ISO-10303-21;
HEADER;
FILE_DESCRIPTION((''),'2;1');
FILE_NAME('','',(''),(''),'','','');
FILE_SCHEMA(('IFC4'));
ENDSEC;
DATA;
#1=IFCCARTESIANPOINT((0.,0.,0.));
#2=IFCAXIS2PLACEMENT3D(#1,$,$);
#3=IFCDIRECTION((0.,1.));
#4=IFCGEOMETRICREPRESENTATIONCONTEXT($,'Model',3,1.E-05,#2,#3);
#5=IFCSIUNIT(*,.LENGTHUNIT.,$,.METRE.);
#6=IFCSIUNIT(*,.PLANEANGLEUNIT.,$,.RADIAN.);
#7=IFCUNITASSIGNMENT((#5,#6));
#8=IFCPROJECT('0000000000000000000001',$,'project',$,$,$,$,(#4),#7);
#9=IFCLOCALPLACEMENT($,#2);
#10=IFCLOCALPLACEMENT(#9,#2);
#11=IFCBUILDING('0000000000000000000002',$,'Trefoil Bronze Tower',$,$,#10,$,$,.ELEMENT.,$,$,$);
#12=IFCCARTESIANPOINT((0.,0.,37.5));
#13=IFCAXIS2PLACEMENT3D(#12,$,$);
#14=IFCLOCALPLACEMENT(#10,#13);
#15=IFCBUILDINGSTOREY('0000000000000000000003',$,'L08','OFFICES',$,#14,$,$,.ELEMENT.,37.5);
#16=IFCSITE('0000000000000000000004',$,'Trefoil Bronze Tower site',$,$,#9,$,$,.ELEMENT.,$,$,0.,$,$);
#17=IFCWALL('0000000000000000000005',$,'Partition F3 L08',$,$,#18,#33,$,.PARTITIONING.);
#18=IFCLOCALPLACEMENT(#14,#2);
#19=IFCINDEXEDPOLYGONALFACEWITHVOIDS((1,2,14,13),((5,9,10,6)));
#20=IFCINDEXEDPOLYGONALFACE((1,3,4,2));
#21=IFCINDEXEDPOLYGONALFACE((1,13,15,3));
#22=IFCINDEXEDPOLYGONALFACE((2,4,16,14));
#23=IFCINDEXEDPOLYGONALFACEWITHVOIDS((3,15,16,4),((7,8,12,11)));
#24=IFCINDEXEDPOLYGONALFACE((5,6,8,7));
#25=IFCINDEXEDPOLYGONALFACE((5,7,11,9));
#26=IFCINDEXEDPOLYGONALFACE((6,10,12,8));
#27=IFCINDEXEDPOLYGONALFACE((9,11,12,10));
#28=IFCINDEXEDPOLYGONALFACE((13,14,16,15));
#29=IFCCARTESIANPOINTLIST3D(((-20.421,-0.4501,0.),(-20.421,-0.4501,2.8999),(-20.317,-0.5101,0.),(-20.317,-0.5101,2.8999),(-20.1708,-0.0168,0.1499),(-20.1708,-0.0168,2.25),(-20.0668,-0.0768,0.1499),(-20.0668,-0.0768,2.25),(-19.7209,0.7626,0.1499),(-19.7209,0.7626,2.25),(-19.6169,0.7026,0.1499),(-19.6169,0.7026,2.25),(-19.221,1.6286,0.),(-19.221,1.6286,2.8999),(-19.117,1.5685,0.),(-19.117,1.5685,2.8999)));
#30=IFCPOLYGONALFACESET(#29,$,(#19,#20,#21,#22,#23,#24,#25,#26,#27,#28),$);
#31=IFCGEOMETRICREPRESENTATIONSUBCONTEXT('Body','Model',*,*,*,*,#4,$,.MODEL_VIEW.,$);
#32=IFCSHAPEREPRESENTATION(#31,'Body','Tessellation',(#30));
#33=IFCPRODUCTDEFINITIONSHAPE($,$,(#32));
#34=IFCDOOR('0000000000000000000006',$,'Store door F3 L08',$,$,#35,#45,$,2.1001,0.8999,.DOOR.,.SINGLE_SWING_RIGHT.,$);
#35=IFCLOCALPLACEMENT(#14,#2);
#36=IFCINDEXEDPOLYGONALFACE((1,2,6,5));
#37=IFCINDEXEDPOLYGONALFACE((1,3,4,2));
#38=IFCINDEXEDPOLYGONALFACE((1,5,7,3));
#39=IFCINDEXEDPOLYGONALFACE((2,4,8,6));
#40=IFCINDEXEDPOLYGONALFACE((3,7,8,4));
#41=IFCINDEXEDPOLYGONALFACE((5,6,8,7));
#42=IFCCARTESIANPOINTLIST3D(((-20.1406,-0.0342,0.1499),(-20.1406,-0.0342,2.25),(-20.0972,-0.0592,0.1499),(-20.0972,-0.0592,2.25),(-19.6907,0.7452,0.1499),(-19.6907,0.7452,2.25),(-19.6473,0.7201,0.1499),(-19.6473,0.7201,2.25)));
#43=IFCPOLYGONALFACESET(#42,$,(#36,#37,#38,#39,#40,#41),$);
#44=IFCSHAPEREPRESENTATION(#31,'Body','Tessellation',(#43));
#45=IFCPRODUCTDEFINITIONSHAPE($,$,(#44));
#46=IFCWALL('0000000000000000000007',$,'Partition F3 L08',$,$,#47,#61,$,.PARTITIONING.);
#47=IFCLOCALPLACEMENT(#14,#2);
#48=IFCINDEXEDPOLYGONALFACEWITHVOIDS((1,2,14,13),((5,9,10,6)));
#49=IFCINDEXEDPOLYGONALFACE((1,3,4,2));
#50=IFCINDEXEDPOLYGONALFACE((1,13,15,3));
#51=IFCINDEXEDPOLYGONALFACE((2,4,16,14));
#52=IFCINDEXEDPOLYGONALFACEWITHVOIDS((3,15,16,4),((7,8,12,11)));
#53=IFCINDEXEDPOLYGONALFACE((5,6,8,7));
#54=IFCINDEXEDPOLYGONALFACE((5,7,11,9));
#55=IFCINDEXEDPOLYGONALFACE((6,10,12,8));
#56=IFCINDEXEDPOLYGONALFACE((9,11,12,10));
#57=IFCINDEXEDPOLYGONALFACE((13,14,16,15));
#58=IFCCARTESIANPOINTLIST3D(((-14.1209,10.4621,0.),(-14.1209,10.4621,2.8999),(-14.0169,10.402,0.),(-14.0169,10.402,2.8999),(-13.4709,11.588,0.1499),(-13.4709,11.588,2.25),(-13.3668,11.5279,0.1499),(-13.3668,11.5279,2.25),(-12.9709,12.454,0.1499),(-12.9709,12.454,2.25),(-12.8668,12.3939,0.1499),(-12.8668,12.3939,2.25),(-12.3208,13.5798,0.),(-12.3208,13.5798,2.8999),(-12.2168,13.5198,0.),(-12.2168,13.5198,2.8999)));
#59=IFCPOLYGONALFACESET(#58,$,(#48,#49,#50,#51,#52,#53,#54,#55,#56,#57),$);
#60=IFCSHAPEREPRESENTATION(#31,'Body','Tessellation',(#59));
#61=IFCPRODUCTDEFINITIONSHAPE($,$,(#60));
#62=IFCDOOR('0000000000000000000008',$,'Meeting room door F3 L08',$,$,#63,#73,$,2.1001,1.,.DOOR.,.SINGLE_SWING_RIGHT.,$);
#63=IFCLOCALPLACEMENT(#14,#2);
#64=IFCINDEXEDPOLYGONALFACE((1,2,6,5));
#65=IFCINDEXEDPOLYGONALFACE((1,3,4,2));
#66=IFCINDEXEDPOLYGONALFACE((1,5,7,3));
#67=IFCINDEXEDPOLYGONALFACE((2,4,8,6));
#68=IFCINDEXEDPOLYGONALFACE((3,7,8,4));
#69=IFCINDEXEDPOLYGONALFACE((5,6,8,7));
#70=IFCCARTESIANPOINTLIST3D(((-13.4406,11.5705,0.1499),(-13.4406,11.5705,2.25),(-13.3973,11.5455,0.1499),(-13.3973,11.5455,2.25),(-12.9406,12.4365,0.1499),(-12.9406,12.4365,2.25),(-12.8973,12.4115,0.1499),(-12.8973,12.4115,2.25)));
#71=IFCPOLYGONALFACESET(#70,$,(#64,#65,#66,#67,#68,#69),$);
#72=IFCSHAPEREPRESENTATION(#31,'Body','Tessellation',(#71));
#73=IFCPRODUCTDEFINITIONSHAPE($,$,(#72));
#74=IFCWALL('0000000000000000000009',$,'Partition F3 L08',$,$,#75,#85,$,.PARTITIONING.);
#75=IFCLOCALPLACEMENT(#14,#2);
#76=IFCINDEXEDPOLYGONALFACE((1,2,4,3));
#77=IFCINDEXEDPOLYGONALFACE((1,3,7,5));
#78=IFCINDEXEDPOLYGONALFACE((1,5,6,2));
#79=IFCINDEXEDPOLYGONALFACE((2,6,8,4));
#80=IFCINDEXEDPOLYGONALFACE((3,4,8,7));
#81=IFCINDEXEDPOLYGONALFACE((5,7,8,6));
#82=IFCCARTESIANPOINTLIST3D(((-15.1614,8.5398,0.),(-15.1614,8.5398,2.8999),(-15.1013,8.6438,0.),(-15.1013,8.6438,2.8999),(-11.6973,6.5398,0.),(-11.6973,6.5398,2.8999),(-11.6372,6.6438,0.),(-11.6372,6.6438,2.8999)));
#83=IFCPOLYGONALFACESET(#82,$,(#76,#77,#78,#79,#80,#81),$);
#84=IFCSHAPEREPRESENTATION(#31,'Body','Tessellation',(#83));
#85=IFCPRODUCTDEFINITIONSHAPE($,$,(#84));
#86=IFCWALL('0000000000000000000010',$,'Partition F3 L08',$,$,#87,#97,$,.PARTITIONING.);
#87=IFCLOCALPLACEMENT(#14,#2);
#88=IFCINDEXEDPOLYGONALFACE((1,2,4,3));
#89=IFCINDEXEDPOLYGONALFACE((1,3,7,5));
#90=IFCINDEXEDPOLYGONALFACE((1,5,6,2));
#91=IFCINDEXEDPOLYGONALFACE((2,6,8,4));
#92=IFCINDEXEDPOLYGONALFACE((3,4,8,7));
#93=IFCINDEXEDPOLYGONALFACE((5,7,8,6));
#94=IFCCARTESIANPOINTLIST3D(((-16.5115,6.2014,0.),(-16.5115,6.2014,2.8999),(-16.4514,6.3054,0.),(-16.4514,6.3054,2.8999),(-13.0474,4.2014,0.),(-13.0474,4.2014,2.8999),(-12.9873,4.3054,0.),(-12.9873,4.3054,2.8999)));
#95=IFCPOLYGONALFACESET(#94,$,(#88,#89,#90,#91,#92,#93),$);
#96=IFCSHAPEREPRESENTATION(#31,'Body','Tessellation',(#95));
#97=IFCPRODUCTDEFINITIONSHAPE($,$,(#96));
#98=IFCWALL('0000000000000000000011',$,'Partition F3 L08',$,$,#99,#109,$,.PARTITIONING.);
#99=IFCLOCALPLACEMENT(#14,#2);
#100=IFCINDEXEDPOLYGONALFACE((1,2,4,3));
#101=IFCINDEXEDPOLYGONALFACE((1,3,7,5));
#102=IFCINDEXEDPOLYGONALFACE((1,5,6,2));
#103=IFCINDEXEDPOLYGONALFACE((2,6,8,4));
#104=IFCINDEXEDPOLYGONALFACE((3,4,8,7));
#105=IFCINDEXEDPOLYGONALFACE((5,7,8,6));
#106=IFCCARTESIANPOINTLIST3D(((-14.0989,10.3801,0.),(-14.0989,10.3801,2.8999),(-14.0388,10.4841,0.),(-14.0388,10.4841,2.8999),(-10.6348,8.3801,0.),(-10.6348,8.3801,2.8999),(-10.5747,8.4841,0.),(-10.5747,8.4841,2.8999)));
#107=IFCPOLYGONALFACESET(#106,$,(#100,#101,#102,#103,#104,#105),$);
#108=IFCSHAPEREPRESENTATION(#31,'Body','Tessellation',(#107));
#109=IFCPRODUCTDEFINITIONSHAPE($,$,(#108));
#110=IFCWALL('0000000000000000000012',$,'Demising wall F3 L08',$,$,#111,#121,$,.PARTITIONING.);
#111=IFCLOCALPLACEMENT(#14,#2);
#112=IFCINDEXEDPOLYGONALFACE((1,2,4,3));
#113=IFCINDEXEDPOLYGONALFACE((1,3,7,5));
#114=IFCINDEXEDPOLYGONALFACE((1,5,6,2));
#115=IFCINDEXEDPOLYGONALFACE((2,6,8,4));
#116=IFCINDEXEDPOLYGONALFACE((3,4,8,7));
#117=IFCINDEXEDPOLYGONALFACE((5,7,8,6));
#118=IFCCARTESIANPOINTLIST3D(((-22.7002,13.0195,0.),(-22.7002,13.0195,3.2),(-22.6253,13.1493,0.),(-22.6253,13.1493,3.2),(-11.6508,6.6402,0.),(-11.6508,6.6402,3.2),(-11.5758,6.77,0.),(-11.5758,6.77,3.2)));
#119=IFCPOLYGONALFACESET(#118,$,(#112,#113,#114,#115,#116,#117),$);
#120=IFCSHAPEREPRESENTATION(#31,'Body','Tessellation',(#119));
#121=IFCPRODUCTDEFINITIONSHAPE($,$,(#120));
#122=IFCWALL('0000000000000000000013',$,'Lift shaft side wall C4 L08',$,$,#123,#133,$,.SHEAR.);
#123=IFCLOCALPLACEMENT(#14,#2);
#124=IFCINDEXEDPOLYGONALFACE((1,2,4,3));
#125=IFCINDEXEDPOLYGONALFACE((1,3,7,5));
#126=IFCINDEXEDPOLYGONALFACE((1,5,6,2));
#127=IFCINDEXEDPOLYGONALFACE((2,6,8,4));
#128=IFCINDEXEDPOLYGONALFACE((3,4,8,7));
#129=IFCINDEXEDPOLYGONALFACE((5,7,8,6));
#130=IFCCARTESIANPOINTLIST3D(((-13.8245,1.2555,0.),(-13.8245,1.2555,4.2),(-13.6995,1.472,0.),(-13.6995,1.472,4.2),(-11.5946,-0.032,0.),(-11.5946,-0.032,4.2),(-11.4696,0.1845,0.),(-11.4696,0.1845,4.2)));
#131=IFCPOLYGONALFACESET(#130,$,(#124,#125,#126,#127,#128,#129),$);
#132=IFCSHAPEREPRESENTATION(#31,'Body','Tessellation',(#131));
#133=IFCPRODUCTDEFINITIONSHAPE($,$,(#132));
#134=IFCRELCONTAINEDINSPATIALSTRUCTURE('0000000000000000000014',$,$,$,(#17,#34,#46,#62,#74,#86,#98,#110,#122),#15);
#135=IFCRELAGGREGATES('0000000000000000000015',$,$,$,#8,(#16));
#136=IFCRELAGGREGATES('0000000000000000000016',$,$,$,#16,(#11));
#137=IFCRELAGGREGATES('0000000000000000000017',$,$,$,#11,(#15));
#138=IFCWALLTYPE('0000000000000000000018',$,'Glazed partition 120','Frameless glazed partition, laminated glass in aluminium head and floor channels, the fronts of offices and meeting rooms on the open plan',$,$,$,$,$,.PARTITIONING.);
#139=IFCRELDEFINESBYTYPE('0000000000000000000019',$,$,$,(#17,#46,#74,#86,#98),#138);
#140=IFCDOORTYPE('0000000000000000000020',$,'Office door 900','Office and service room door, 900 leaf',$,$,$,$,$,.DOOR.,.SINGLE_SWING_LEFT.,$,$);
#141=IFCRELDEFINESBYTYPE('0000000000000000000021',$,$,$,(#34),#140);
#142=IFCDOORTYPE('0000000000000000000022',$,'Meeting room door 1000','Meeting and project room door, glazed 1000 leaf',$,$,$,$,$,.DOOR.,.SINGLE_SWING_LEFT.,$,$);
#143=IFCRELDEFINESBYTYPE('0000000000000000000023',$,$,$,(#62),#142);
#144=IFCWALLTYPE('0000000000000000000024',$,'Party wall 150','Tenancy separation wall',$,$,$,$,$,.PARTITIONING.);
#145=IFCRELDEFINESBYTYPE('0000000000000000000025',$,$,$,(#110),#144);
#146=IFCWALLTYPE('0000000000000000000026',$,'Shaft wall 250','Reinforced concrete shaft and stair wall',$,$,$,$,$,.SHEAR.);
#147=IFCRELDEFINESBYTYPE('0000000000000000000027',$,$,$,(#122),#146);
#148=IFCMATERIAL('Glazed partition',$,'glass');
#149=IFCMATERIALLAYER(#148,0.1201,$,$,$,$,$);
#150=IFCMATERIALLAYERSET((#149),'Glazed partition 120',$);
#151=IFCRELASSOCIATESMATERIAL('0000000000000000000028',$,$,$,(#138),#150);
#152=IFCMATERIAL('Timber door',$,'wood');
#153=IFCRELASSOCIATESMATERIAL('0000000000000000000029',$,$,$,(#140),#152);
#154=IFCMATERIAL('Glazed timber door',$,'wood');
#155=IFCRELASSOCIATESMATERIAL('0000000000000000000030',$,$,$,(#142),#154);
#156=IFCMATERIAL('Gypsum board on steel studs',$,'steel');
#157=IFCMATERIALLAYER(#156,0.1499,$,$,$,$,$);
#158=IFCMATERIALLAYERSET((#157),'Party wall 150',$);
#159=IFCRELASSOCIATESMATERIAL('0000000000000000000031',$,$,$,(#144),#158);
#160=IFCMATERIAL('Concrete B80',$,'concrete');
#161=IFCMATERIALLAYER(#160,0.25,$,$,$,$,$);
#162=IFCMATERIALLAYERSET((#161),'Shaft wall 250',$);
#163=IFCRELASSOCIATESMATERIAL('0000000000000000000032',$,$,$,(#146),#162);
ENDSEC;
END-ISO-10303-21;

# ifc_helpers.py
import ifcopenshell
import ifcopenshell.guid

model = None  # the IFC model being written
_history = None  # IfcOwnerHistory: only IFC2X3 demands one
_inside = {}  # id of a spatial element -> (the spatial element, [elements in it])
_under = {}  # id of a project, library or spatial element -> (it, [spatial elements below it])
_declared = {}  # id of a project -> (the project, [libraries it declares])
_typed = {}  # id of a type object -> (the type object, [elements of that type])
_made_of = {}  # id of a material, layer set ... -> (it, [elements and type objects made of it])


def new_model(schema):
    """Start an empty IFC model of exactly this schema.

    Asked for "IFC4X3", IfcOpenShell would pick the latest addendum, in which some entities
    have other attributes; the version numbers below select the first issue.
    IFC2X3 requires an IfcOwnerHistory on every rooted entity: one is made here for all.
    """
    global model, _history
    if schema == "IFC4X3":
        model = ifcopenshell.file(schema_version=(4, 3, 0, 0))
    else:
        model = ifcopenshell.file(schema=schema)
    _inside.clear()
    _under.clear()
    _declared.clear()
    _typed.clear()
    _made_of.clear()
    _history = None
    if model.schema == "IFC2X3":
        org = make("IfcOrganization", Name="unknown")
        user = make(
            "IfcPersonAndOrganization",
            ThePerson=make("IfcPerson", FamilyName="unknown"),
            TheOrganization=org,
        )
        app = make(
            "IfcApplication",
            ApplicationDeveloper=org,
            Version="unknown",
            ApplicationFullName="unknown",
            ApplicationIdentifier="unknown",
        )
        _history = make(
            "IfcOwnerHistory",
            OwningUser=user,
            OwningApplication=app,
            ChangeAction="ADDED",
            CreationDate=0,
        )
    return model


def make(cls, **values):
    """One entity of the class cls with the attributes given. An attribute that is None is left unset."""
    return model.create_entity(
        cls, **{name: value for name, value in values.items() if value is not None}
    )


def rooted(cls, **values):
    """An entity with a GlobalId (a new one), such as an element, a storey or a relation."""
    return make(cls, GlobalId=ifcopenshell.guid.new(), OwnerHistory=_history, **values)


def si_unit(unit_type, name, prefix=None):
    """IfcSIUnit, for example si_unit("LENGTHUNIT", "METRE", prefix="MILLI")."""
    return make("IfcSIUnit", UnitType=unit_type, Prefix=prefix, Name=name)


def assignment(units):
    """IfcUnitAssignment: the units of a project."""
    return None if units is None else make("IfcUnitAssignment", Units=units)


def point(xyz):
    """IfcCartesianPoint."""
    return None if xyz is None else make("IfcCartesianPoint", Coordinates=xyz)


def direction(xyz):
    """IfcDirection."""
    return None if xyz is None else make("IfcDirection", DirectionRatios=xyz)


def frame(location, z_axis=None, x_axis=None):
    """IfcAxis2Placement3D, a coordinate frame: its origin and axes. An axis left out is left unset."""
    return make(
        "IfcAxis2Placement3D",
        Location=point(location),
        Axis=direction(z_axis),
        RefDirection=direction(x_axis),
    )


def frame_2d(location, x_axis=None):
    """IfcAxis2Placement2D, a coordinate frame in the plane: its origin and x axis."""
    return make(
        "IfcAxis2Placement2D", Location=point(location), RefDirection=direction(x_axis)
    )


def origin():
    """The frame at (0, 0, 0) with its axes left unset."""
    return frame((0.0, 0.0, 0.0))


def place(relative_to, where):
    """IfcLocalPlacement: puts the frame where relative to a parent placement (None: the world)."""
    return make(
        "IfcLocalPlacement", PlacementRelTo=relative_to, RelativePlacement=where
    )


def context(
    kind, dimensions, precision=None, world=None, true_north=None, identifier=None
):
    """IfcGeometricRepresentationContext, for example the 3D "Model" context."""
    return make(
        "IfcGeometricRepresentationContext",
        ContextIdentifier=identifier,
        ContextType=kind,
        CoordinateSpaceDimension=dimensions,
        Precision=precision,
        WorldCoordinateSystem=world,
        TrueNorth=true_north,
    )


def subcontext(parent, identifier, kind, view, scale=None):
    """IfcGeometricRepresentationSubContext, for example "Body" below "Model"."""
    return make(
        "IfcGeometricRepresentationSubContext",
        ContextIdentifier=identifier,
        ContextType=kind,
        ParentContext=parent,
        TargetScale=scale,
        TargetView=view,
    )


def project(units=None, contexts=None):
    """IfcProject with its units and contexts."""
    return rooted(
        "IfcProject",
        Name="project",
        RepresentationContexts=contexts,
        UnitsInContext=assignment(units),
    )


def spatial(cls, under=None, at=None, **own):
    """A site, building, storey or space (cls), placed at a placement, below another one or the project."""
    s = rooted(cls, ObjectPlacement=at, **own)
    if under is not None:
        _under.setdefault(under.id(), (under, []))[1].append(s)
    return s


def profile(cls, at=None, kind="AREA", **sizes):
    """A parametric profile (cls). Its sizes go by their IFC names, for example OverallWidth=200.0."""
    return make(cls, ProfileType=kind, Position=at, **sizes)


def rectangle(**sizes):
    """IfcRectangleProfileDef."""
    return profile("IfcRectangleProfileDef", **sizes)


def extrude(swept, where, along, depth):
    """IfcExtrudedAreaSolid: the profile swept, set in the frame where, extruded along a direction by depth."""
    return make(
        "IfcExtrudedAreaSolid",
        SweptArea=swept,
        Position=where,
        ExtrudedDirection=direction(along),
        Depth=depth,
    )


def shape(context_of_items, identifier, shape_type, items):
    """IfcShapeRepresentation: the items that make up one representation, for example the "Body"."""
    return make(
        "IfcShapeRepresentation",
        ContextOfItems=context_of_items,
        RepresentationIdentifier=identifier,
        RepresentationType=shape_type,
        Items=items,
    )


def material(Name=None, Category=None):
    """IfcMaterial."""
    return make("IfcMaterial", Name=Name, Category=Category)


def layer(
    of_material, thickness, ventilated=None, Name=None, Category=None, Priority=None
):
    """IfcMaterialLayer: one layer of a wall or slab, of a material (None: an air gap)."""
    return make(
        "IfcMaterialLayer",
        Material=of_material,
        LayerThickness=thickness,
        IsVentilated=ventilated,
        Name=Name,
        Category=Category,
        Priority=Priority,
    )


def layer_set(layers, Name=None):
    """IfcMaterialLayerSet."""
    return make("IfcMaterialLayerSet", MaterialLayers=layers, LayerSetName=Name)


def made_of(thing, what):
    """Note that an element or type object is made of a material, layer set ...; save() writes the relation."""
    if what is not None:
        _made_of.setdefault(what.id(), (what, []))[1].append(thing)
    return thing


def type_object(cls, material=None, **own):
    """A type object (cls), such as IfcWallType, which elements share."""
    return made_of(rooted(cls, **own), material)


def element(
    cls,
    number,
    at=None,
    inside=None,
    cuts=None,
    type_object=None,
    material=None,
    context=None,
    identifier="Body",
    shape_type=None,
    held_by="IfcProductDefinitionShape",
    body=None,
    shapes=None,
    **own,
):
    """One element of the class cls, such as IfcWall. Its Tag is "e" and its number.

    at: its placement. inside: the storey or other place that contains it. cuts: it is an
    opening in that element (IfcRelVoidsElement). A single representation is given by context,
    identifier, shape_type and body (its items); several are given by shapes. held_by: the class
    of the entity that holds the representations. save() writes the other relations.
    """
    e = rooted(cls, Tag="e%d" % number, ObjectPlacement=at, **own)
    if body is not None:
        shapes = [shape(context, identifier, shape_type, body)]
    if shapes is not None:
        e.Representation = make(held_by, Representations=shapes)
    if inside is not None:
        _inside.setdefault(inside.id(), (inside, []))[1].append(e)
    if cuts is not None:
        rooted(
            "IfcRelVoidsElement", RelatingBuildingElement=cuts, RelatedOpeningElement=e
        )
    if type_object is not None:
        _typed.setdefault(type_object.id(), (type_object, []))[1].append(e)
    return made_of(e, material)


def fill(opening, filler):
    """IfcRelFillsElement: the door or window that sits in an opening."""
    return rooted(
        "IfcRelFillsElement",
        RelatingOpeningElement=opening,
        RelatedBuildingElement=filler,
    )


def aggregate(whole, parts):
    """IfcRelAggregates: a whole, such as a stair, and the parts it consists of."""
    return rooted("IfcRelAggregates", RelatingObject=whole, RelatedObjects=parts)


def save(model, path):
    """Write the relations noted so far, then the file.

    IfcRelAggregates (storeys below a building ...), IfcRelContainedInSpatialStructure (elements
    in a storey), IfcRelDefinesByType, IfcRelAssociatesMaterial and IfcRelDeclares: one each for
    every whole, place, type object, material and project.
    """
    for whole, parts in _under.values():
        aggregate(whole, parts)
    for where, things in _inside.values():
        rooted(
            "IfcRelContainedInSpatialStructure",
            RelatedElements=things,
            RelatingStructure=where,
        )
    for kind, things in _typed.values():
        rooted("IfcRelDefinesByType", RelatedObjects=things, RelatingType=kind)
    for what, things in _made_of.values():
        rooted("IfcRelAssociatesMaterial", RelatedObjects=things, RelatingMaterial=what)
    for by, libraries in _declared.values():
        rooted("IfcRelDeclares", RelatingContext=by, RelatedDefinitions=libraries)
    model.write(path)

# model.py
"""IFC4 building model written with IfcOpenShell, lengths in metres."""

from ifc_helpers import new_model, si_unit, direction, frame, frame_2d, origin, place, context, subcontext, project, spatial, rectangle, extrude, material, layer, layer_set, type_object, element, fill, save


model = new_model("IFC4")

# Units and contexts
model_context = context("Model", 3, precision=1e-05, world=origin(), true_north=direction((0.0, 1.0)))
body_context = subcontext(model_context, "Body", "Model", "MODEL_VIEW")
ifc_project = project(units=[si_unit("LENGTHUNIT", "METRE"), si_unit("PLANEANGLEUNIT", "RADIAN")], contexts=[model_context])

# Site, building, storey
site_placement = place(None, origin())
site = spatial("IfcSite", under=ifc_project, at=site_placement, Name="Trefoil Bronze Tower site", CompositionType="ELEMENT", RefElevation=0.0)
building_placement = place(site_placement, origin())
building = spatial("IfcBuilding", under=site, at=building_placement, Name="Trefoil Bronze Tower", CompositionType="ELEMENT")
storey_placement = place(building_placement, frame((0.0, 0.0, 37.5)))
storey = spatial("IfcBuildingStorey", under=building, at=storey_placement, Name="L08", Description="OFFICES", CompositionType="ELEMENT", Elevation=37.5)

# Walls, openings, doors
ifc_material_1 = material(Name="Glazed partition", Category="glass")
ifc_layer_1 = layer(ifc_material_1, 0.1201)
ifc_layer_set_1 = layer_set([ifc_layer_1], Name="Glazed partition 120")
wall_type_1 = type_object("IfcWallType", Name="Glazed partition 120", Description="Frameless glazed partition, laminated glass in aluminium head and floor channels, the fronts of offices and meeting rooms on the open plan", PredefinedType="PARTITIONING", material=ifc_layer_set_1)
ifc_material_2 = material(Name="Timber door", Category="wood")
door_type_1 = type_object("IfcDoorType", Name="Office door 900", Description="Office and service room door, 900 leaf", OperationType="SINGLE_SWING_LEFT", PredefinedType="DOOR", material=ifc_material_2)
wall_1_placement = place(storey_placement, frame((-19.1689, 1.5986, 0.0), z_axis=(0.0, 0.0, 1.0), x_axis=(-0.499957, -0.86605, 0.0)))
wall_1 = element("IfcWall", 1, at=wall_1_placement, inside=storey, type_object=wall_type_1, Name="Partition F3 L08", PredefinedType="PARTITIONING", context=body_context, shape_type="SweptSolid", body=[
    extrude(rectangle(XDim=2.4001, YDim=0.1201, at=frame_2d((1.2002, 0.0))), origin(), (0.0, 0.0, 1.0), 2.8999),
])
opening_1_placement = place(wall_1_placement, frame((1.0, 0.0, 0.1499)))
opening_1 = element("IfcOpeningElement", 2, at=opening_1_placement, cuts=wall_1, PredefinedType="OPENING", context=body_context, shape_type="SweptSolid", body=[
    extrude(rectangle(XDim=0.8999, YDim=2.1001, at=frame_2d((0.45, 1.05))), frame((0.0, 0.0701, 0.0), z_axis=(0.0, -1.0, 0.0), x_axis=(1.0, 0.0, 0.0)), (0.0, 0.0, 1.0), 0.1401),
])
door_1_placement = place(opening_1_placement, origin())
door_1 = element("IfcDoor", 3, at=door_1_placement, inside=storey, type_object=door_type_1, Name="Store door F3 L08", OperationType="SINGLE_SWING_RIGHT", OverallHeight=2.1001, OverallWidth=0.8999, PredefinedType="DOOR", context=body_context, shape_type="SweptSolid", body=[
    extrude(rectangle(XDim=0.8999, YDim=2.1001, at=frame_2d((0.45, 1.05))), frame((0.0, 0.0249, 0.0), z_axis=(0.0, -1.0, 0.0), x_axis=(1.0, 0.0, 0.0)), (0.0, 0.0, 1.0), 0.05),
])
fill(opening_1, door_1)
wall_2_placement = place(storey_placement, frame((-12.2688, 13.5498, 0.0), z_axis=(0.0, 0.0, 1.0), x_axis=(-0.500012, -0.866018, 0.0)))
wall_2 = element("IfcWall", 4, at=wall_2_placement, inside=storey, type_object=wall_type_1, Name="Partition F3 L08", PredefinedType="PARTITIONING", context=body_context, shape_type="SweptSolid", body=[
    extrude(rectangle(XDim=3.6001, YDim=0.1201, at=frame_2d((1.8, 0.0))), origin(), (0.0, 0.0, 1.0), 2.8999),
])
opening_2_placement = place(wall_2_placement, frame((1.3, 0.0, 0.1499)))
opening_2 = element("IfcOpeningElement", 5, at=opening_2_placement, cuts=wall_2, PredefinedType="OPENING", context=body_context, shape_type="SweptSolid", body=[
    extrude(rectangle(XDim=1.0, YDim=2.1001, at=frame_2d((0.5, 1.05))), frame((0.0, 0.0701, 0.0), z_axis=(0.0, -1.0, 0.0), x_axis=(1.0, 0.0, 0.0)), (0.0, 0.0, 1.0), 0.1401),
])
ifc_material_3 = material(Name="Glazed timber door", Category="wood")
door_type_2 = type_object("IfcDoorType", Name="Meeting room door 1000", Description="Meeting and project room door, glazed 1000 leaf", OperationType="SINGLE_SWING_LEFT", PredefinedType="DOOR", material=ifc_material_3)
door_2_placement = place(opening_2_placement, origin())
door_2 = element("IfcDoor", 6, at=door_2_placement, inside=storey, type_object=door_type_2, Name="Meeting room door F3 L08", OperationType="SINGLE_SWING_RIGHT", OverallHeight=2.1001, OverallWidth=1.0, PredefinedType="DOOR", context=body_context, shape_type="SweptSolid", body=[
    extrude(rectangle(XDim=1.0, YDim=2.1001, at=frame_2d((0.5, 1.05))), frame((0.0, 0.0249, 0.0), z_axis=(0.0, -1.0, 0.0), x_axis=(1.0, 0.0, 0.0)), (0.0, 0.0, 1.0), 0.05),
])
fill(opening_2, door_2)

# Walls
for number, where, z_axis, x_axis, name in (
    (7, (-11.6672, 6.5918, 0.0), (0.0, 0.0, 1.0), (-0.866026, 0.499999, 0.0), "Partition F3 L08"),
    (8, (-13.0173, 4.2534, 0.0), (0.0, 0.0, 1.0), (-0.866026, 0.499999, 0.0), "Partition F3 L08"),
    (9, (-10.6047, 8.4321, 0.0), (0.0, 0.0, 1.0), (-0.866026, 0.499999, 0.0), "Partition F3 L08"),
):
    element("IfcWall", number, at=place(storey_placement, frame(where, z_axis=z_axis, x_axis=x_axis)), inside=storey, type_object=wall_type_1, Name=name, PredefinedType="PARTITIONING", context=body_context, shape_type="SweptSolid", body=[
        extrude(rectangle(XDim=4.0, YDim=0.1201, at=frame_2d((2.0, 0.0))), origin(), (0.0, 0.0, 1.0), 2.8999),
    ])
ifc_material_4 = material(Name="Gypsum board on steel studs", Category="steel")
ifc_layer_2 = layer(ifc_material_4, 0.1499)
ifc_layer_set_2 = layer_set([ifc_layer_2], Name="Party wall 150")
wall_type_2 = type_object("IfcWallType", Name="Party wall 150", Description="Tenancy separation wall", PredefinedType="PARTITIONING", material=ifc_layer_set_2)
wall_3_placement = place(storey_placement, frame((-11.6133, 6.7051, 0.0), z_axis=(0.0, 0.0, 1.0), x_axis=(-0.866028, 0.499996, 0.0)))
element("IfcWall", 10, at=wall_3_placement, inside=storey, type_object=wall_type_2, Name="Demising wall F3 L08", PredefinedType="PARTITIONING", context=body_context, shape_type="SweptSolid", body=[
    extrude(rectangle(XDim=12.7588, YDim=0.1499, at=frame_2d((6.3794, 0.0))), origin(), (0.0, 0.0, 1.0), 3.2),
])
ifc_material_5 = material(Name="Concrete B80", Category="concrete")
ifc_layer_3 = layer(ifc_material_5, 0.25)
ifc_layer_set_3 = layer_set([ifc_layer_3], Name="Shaft wall 250")
wall_type_3 = type_object("IfcWallType", Name="Shaft wall 250", Description="Reinforced concrete shaft and stair wall", PredefinedType="SHEAR", material=ifc_layer_set_3)
wall_4_placement = place(storey_placement, frame((-11.532, 0.0762, 0.0), z_axis=(0.0, 0.0, 1.0), x_axis=(-0.866006, 0.500034, 0.0)))
element("IfcWall", 11, at=wall_4_placement, inside=storey, type_object=wall_type_3, Name="Lift shaft side wall C4 L08", PredefinedType="SHEAR", context=body_context, shape_type="SweptSolid", body=[
    extrude(rectangle(XDim=2.575, YDim=0.25, at=frame_2d((1.2876, 0.0))), origin(), (0.0, 0.0, 1.0), 4.2),
])

save(model, "model.ifc")
